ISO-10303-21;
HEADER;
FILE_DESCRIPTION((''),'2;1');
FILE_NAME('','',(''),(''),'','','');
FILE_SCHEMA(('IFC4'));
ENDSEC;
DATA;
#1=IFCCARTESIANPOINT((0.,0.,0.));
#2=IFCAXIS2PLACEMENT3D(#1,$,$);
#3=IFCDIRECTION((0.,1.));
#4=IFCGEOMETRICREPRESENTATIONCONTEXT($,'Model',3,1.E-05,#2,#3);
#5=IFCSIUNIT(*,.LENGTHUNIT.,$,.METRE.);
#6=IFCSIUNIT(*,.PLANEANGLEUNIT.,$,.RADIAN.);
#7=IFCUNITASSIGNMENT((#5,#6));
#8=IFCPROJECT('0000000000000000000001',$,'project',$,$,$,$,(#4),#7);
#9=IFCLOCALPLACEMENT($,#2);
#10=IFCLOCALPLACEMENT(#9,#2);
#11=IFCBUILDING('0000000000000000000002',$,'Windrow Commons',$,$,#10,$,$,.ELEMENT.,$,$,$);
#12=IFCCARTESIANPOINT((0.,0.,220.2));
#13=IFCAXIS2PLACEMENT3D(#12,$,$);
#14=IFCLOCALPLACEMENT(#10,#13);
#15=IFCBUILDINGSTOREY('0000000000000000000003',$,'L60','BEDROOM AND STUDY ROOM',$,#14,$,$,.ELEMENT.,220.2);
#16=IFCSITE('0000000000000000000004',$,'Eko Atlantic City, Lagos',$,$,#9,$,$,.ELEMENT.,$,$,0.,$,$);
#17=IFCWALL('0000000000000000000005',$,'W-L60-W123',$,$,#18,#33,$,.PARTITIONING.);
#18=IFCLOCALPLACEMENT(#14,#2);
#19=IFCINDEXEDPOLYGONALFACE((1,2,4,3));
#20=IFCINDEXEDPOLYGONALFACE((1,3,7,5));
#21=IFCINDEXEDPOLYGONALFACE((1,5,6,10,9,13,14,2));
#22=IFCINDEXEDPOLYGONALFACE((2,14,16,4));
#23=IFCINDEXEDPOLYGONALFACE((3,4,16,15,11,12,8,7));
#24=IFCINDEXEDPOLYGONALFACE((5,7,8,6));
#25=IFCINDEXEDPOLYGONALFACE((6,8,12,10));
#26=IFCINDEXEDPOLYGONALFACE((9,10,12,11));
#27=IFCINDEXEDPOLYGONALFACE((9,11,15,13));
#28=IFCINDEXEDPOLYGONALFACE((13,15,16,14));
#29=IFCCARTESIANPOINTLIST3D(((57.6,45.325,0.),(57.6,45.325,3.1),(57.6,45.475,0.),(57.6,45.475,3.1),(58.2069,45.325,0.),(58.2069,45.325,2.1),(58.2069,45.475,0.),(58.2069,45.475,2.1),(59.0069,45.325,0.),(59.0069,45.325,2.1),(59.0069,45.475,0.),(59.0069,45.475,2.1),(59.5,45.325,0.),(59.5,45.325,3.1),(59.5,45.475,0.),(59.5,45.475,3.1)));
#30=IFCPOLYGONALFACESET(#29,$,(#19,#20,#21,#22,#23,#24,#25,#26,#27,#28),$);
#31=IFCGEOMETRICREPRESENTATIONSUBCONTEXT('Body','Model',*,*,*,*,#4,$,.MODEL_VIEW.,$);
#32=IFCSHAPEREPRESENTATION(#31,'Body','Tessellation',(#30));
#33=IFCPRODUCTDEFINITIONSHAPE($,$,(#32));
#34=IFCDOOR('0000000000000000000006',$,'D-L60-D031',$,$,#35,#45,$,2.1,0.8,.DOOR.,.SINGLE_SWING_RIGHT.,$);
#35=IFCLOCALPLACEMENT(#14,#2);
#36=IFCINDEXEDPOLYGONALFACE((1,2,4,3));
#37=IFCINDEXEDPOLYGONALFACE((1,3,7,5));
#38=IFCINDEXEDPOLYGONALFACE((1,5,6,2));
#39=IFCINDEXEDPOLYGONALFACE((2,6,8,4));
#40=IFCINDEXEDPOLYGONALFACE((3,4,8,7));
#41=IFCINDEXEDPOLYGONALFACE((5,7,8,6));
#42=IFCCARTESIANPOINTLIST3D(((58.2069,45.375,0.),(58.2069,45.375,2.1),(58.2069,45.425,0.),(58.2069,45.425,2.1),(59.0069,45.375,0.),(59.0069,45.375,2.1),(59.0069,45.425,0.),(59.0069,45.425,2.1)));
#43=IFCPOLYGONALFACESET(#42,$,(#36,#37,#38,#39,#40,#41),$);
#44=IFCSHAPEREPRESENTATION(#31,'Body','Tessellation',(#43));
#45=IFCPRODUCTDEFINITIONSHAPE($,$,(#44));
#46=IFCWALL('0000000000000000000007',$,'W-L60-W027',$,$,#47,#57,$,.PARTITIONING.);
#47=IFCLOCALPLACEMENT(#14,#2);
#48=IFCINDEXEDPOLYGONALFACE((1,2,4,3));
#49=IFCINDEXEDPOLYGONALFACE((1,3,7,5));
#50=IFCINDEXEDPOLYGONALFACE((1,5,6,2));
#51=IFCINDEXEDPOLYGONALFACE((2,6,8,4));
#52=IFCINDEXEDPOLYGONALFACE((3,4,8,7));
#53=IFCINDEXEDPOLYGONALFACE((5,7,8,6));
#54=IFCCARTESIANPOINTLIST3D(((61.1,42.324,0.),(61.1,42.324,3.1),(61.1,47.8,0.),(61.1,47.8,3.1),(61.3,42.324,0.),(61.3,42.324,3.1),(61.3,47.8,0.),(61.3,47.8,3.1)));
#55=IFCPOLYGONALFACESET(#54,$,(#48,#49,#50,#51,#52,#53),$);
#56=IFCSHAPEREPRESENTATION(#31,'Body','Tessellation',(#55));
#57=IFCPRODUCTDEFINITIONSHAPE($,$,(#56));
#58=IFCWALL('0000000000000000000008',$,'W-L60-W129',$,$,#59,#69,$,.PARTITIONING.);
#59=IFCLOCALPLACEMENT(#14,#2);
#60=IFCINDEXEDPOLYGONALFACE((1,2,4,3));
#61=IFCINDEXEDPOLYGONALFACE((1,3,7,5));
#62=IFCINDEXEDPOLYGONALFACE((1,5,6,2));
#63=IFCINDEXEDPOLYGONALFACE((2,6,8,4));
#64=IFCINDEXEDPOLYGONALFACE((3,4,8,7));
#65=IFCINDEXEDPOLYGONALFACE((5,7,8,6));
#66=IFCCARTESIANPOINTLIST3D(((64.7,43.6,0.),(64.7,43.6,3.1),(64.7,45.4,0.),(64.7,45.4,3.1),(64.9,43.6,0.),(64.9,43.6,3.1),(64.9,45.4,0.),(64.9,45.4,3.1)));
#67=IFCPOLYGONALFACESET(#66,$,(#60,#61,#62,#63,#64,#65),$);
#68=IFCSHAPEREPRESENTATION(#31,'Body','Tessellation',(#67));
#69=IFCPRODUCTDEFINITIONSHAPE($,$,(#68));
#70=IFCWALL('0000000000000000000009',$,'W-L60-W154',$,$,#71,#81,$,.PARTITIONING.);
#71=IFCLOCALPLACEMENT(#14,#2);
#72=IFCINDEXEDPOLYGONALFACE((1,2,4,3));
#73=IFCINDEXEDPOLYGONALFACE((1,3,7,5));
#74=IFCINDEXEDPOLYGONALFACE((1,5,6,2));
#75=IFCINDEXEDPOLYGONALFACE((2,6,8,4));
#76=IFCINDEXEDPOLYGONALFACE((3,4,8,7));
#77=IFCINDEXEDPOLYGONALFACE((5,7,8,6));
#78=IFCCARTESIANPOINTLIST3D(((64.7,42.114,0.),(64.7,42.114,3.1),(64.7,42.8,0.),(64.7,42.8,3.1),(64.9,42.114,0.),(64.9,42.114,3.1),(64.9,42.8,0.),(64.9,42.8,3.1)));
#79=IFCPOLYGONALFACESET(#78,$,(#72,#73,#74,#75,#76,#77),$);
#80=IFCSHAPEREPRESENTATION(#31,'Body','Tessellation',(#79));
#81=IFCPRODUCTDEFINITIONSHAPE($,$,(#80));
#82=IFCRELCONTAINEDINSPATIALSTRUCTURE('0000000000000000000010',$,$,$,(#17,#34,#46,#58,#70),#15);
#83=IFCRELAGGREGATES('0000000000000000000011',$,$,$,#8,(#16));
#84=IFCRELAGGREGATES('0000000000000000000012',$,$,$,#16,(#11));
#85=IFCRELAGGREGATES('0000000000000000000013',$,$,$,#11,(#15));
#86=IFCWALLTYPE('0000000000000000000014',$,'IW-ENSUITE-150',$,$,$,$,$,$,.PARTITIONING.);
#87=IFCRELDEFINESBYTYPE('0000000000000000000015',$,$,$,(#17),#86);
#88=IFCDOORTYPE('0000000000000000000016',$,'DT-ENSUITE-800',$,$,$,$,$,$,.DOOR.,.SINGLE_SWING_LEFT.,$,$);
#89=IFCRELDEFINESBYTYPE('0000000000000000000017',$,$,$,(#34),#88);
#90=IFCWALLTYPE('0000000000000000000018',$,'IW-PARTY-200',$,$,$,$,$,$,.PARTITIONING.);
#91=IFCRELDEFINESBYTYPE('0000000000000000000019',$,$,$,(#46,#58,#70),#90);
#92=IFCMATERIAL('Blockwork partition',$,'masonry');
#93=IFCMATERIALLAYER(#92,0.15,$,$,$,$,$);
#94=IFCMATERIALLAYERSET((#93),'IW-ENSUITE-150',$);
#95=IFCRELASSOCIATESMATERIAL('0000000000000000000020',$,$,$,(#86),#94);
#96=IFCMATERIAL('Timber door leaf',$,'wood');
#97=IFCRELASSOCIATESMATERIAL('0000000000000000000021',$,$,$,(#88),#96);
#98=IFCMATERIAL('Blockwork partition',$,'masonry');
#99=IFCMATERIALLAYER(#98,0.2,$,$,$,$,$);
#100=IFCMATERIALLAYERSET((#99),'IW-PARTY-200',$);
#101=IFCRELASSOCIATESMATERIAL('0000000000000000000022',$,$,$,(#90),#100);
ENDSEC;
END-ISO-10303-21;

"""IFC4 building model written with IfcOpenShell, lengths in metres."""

from ifc_helpers import new_model, si_unit, direction, frame, frame_2d, origin, place, context, subcontext, project, spatial, rectangle, extrude, material, layer, layer_set, type_object, element, fill, save


model = new_model("IFC4")

# Units and contexts
model_context = context("Model", 3, precision=1e-05, world=origin(), true_north=direction((0.0, 1.0)))
body_context = subcontext(model_context, "Body", "Model", "MODEL_VIEW")
ifc_project = project(units=[si_unit("LENGTHUNIT", "METRE"), si_unit("PLANEANGLEUNIT", "RADIAN")], contexts=[model_context])

# Site, building, storey
site_placement = place(None, origin())
site = spatial("IfcSite", under=ifc_project, at=site_placement, Name="Eko Atlantic City, Lagos", CompositionType="ELEMENT", RefElevation=0.0)
building_placement = place(site_placement, origin())
building = spatial("IfcBuilding", under=site, at=building_placement, Name="Windrow Commons", CompositionType="ELEMENT")
storey_placement = place(building_placement, frame((0.0, 0.0, 220.2)))
storey = spatial("IfcBuildingStorey", under=building, at=storey_placement, Name="L60", Description="BEDROOM AND STUDY ROOM", CompositionType="ELEMENT", Elevation=220.2)

# Shared definitions
ifc_material_1 = material(Name="Blockwork partition", Category="masonry")
ifc_layer_1 = layer(ifc_material_1, 0.15)
ifc_layer_set_1 = layer_set([ifc_layer_1], Name="IW-ENSUITE-150")
wall_type_1 = type_object("IfcWallType", Name="IW-ENSUITE-150", PredefinedType="PARTITIONING", material=ifc_layer_set_1)
ifc_material_2 = material(Name="Timber door leaf", Category="wood")
door_type = type_object("IfcDoorType", Name="DT-ENSUITE-800", OperationType="SINGLE_SWING_LEFT", PredefinedType="DOOR", material=ifc_material_2)

# Wall, opening, door
wall_1_placement = place(storey_placement, frame((57.6, 45.4, 0.0), z_axis=(0.0, 0.0, 1.0), x_axis=(1.0, 0.0, 0.0)))
wall_1 = element("IfcWall", 1, at=wall_1_placement, inside=storey, type_object=wall_type_1, Name="W-L60-W123", PredefinedType="PARTITIONING", context=body_context, shape_type="SweptSolid", body=[
    extrude(rectangle(XDim=1.9, YDim=0.15, at=frame_2d((0.95, 0.0))), origin(), (0.0, 0.0, 1.0), 3.1),
])
opening_1_placement = place(wall_1_placement, frame((0.6069, 0.0, 0.0)))
opening_1 = element("IfcOpeningElement", 2, at=opening_1_placement, cuts=wall_1, PredefinedType="OPENING", context=body_context, shape_type="SweptSolid", body=[
    extrude(rectangle(XDim=0.8, YDim=2.1, at=frame_2d((0.4, 1.05))), frame((0.0, 0.085, 0.0), z_axis=(0.0, -1.0, 0.0), x_axis=(1.0, 0.0, 0.0)), (0.0, 0.0, 1.0), 0.17),
])
door_1_placement = place(opening_1_placement, origin())
door_1 = element("IfcDoor", 3, at=door_1_placement, inside=storey, type_object=door_type, Name="D-L60-D031", OperationType="SINGLE_SWING_RIGHT", OverallHeight=2.1, OverallWidth=0.8, PredefinedType="DOOR", context=body_context, shape_type="SweptSolid", body=[
    extrude(rectangle(XDim=0.8, YDim=2.1, at=frame_2d((0.4, 1.05))), frame((0.0, 0.025, 0.0), z_axis=(0.0, -1.0, 0.0), x_axis=(1.0, 0.0, 0.0)), (0.0, 0.0, 1.0), 0.05),
])
fill(opening_1, door_1)

# Walls
ifc_material_3 = material(Name="Blockwork partition", Category="masonry")
ifc_layer_2 = layer(ifc_material_3, 0.2)
ifc_layer_set_2 = layer_set([ifc_layer_2], Name="IW-PARTY-200")
wall_type_2 = type_object("IfcWallType", Name="IW-PARTY-200", PredefinedType="PARTITIONING", material=ifc_layer_set_2)
wall_2_placement = place(storey_placement, frame((61.2, 42.324, 0.0), z_axis=(0.0, 0.0, 1.0), x_axis=(0.0, 1.0, 0.0)))
element("IfcWall", 4, at=wall_2_placement, inside=storey, type_object=wall_type_2, Name="W-L60-W027", PredefinedType="PARTITIONING", context=body_context, shape_type="SweptSolid", body=[
    extrude(rectangle(XDim=5.476, YDim=0.2, at=frame_2d((2.738, 0.0))), origin(), (0.0, 0.0, 1.0), 3.1),
])
wall_3_placement = place(storey_placement, frame((64.8, 43.6, 0.0), z_axis=(0.0, 0.0, 1.0), x_axis=(0.0, 1.0, 0.0)))
element("IfcWall", 5, at=wall_3_placement, inside=storey, type_object=wall_type_2, Name="W-L60-W129", PredefinedType="PARTITIONING", context=body_context, shape_type="SweptSolid", body=[
    extrude(rectangle(XDim=1.8, YDim=0.2, at=frame_2d((0.9, 0.0))), origin(), (0.0, 0.0, 1.0), 3.1),
])
wall_4_placement = place(storey_placement, frame((64.8, 42.1139, 0.0), z_axis=(0.0, 0.0, 1.0), x_axis=(0.0, 1.0, 0.0)))
element("IfcWall", 6, at=wall_4_placement, inside=storey, type_object=wall_type_2, Name="W-L60-W154", PredefinedType="PARTITIONING", context=body_context, shape_type="SweptSolid", body=[
    extrude(rectangle(XDim=0.6861, YDim=0.2, at=frame_2d((0.3431, 0.0))), origin(), (0.0, 0.0, 1.0), 3.1),
])

save(model, "model.ifc")
